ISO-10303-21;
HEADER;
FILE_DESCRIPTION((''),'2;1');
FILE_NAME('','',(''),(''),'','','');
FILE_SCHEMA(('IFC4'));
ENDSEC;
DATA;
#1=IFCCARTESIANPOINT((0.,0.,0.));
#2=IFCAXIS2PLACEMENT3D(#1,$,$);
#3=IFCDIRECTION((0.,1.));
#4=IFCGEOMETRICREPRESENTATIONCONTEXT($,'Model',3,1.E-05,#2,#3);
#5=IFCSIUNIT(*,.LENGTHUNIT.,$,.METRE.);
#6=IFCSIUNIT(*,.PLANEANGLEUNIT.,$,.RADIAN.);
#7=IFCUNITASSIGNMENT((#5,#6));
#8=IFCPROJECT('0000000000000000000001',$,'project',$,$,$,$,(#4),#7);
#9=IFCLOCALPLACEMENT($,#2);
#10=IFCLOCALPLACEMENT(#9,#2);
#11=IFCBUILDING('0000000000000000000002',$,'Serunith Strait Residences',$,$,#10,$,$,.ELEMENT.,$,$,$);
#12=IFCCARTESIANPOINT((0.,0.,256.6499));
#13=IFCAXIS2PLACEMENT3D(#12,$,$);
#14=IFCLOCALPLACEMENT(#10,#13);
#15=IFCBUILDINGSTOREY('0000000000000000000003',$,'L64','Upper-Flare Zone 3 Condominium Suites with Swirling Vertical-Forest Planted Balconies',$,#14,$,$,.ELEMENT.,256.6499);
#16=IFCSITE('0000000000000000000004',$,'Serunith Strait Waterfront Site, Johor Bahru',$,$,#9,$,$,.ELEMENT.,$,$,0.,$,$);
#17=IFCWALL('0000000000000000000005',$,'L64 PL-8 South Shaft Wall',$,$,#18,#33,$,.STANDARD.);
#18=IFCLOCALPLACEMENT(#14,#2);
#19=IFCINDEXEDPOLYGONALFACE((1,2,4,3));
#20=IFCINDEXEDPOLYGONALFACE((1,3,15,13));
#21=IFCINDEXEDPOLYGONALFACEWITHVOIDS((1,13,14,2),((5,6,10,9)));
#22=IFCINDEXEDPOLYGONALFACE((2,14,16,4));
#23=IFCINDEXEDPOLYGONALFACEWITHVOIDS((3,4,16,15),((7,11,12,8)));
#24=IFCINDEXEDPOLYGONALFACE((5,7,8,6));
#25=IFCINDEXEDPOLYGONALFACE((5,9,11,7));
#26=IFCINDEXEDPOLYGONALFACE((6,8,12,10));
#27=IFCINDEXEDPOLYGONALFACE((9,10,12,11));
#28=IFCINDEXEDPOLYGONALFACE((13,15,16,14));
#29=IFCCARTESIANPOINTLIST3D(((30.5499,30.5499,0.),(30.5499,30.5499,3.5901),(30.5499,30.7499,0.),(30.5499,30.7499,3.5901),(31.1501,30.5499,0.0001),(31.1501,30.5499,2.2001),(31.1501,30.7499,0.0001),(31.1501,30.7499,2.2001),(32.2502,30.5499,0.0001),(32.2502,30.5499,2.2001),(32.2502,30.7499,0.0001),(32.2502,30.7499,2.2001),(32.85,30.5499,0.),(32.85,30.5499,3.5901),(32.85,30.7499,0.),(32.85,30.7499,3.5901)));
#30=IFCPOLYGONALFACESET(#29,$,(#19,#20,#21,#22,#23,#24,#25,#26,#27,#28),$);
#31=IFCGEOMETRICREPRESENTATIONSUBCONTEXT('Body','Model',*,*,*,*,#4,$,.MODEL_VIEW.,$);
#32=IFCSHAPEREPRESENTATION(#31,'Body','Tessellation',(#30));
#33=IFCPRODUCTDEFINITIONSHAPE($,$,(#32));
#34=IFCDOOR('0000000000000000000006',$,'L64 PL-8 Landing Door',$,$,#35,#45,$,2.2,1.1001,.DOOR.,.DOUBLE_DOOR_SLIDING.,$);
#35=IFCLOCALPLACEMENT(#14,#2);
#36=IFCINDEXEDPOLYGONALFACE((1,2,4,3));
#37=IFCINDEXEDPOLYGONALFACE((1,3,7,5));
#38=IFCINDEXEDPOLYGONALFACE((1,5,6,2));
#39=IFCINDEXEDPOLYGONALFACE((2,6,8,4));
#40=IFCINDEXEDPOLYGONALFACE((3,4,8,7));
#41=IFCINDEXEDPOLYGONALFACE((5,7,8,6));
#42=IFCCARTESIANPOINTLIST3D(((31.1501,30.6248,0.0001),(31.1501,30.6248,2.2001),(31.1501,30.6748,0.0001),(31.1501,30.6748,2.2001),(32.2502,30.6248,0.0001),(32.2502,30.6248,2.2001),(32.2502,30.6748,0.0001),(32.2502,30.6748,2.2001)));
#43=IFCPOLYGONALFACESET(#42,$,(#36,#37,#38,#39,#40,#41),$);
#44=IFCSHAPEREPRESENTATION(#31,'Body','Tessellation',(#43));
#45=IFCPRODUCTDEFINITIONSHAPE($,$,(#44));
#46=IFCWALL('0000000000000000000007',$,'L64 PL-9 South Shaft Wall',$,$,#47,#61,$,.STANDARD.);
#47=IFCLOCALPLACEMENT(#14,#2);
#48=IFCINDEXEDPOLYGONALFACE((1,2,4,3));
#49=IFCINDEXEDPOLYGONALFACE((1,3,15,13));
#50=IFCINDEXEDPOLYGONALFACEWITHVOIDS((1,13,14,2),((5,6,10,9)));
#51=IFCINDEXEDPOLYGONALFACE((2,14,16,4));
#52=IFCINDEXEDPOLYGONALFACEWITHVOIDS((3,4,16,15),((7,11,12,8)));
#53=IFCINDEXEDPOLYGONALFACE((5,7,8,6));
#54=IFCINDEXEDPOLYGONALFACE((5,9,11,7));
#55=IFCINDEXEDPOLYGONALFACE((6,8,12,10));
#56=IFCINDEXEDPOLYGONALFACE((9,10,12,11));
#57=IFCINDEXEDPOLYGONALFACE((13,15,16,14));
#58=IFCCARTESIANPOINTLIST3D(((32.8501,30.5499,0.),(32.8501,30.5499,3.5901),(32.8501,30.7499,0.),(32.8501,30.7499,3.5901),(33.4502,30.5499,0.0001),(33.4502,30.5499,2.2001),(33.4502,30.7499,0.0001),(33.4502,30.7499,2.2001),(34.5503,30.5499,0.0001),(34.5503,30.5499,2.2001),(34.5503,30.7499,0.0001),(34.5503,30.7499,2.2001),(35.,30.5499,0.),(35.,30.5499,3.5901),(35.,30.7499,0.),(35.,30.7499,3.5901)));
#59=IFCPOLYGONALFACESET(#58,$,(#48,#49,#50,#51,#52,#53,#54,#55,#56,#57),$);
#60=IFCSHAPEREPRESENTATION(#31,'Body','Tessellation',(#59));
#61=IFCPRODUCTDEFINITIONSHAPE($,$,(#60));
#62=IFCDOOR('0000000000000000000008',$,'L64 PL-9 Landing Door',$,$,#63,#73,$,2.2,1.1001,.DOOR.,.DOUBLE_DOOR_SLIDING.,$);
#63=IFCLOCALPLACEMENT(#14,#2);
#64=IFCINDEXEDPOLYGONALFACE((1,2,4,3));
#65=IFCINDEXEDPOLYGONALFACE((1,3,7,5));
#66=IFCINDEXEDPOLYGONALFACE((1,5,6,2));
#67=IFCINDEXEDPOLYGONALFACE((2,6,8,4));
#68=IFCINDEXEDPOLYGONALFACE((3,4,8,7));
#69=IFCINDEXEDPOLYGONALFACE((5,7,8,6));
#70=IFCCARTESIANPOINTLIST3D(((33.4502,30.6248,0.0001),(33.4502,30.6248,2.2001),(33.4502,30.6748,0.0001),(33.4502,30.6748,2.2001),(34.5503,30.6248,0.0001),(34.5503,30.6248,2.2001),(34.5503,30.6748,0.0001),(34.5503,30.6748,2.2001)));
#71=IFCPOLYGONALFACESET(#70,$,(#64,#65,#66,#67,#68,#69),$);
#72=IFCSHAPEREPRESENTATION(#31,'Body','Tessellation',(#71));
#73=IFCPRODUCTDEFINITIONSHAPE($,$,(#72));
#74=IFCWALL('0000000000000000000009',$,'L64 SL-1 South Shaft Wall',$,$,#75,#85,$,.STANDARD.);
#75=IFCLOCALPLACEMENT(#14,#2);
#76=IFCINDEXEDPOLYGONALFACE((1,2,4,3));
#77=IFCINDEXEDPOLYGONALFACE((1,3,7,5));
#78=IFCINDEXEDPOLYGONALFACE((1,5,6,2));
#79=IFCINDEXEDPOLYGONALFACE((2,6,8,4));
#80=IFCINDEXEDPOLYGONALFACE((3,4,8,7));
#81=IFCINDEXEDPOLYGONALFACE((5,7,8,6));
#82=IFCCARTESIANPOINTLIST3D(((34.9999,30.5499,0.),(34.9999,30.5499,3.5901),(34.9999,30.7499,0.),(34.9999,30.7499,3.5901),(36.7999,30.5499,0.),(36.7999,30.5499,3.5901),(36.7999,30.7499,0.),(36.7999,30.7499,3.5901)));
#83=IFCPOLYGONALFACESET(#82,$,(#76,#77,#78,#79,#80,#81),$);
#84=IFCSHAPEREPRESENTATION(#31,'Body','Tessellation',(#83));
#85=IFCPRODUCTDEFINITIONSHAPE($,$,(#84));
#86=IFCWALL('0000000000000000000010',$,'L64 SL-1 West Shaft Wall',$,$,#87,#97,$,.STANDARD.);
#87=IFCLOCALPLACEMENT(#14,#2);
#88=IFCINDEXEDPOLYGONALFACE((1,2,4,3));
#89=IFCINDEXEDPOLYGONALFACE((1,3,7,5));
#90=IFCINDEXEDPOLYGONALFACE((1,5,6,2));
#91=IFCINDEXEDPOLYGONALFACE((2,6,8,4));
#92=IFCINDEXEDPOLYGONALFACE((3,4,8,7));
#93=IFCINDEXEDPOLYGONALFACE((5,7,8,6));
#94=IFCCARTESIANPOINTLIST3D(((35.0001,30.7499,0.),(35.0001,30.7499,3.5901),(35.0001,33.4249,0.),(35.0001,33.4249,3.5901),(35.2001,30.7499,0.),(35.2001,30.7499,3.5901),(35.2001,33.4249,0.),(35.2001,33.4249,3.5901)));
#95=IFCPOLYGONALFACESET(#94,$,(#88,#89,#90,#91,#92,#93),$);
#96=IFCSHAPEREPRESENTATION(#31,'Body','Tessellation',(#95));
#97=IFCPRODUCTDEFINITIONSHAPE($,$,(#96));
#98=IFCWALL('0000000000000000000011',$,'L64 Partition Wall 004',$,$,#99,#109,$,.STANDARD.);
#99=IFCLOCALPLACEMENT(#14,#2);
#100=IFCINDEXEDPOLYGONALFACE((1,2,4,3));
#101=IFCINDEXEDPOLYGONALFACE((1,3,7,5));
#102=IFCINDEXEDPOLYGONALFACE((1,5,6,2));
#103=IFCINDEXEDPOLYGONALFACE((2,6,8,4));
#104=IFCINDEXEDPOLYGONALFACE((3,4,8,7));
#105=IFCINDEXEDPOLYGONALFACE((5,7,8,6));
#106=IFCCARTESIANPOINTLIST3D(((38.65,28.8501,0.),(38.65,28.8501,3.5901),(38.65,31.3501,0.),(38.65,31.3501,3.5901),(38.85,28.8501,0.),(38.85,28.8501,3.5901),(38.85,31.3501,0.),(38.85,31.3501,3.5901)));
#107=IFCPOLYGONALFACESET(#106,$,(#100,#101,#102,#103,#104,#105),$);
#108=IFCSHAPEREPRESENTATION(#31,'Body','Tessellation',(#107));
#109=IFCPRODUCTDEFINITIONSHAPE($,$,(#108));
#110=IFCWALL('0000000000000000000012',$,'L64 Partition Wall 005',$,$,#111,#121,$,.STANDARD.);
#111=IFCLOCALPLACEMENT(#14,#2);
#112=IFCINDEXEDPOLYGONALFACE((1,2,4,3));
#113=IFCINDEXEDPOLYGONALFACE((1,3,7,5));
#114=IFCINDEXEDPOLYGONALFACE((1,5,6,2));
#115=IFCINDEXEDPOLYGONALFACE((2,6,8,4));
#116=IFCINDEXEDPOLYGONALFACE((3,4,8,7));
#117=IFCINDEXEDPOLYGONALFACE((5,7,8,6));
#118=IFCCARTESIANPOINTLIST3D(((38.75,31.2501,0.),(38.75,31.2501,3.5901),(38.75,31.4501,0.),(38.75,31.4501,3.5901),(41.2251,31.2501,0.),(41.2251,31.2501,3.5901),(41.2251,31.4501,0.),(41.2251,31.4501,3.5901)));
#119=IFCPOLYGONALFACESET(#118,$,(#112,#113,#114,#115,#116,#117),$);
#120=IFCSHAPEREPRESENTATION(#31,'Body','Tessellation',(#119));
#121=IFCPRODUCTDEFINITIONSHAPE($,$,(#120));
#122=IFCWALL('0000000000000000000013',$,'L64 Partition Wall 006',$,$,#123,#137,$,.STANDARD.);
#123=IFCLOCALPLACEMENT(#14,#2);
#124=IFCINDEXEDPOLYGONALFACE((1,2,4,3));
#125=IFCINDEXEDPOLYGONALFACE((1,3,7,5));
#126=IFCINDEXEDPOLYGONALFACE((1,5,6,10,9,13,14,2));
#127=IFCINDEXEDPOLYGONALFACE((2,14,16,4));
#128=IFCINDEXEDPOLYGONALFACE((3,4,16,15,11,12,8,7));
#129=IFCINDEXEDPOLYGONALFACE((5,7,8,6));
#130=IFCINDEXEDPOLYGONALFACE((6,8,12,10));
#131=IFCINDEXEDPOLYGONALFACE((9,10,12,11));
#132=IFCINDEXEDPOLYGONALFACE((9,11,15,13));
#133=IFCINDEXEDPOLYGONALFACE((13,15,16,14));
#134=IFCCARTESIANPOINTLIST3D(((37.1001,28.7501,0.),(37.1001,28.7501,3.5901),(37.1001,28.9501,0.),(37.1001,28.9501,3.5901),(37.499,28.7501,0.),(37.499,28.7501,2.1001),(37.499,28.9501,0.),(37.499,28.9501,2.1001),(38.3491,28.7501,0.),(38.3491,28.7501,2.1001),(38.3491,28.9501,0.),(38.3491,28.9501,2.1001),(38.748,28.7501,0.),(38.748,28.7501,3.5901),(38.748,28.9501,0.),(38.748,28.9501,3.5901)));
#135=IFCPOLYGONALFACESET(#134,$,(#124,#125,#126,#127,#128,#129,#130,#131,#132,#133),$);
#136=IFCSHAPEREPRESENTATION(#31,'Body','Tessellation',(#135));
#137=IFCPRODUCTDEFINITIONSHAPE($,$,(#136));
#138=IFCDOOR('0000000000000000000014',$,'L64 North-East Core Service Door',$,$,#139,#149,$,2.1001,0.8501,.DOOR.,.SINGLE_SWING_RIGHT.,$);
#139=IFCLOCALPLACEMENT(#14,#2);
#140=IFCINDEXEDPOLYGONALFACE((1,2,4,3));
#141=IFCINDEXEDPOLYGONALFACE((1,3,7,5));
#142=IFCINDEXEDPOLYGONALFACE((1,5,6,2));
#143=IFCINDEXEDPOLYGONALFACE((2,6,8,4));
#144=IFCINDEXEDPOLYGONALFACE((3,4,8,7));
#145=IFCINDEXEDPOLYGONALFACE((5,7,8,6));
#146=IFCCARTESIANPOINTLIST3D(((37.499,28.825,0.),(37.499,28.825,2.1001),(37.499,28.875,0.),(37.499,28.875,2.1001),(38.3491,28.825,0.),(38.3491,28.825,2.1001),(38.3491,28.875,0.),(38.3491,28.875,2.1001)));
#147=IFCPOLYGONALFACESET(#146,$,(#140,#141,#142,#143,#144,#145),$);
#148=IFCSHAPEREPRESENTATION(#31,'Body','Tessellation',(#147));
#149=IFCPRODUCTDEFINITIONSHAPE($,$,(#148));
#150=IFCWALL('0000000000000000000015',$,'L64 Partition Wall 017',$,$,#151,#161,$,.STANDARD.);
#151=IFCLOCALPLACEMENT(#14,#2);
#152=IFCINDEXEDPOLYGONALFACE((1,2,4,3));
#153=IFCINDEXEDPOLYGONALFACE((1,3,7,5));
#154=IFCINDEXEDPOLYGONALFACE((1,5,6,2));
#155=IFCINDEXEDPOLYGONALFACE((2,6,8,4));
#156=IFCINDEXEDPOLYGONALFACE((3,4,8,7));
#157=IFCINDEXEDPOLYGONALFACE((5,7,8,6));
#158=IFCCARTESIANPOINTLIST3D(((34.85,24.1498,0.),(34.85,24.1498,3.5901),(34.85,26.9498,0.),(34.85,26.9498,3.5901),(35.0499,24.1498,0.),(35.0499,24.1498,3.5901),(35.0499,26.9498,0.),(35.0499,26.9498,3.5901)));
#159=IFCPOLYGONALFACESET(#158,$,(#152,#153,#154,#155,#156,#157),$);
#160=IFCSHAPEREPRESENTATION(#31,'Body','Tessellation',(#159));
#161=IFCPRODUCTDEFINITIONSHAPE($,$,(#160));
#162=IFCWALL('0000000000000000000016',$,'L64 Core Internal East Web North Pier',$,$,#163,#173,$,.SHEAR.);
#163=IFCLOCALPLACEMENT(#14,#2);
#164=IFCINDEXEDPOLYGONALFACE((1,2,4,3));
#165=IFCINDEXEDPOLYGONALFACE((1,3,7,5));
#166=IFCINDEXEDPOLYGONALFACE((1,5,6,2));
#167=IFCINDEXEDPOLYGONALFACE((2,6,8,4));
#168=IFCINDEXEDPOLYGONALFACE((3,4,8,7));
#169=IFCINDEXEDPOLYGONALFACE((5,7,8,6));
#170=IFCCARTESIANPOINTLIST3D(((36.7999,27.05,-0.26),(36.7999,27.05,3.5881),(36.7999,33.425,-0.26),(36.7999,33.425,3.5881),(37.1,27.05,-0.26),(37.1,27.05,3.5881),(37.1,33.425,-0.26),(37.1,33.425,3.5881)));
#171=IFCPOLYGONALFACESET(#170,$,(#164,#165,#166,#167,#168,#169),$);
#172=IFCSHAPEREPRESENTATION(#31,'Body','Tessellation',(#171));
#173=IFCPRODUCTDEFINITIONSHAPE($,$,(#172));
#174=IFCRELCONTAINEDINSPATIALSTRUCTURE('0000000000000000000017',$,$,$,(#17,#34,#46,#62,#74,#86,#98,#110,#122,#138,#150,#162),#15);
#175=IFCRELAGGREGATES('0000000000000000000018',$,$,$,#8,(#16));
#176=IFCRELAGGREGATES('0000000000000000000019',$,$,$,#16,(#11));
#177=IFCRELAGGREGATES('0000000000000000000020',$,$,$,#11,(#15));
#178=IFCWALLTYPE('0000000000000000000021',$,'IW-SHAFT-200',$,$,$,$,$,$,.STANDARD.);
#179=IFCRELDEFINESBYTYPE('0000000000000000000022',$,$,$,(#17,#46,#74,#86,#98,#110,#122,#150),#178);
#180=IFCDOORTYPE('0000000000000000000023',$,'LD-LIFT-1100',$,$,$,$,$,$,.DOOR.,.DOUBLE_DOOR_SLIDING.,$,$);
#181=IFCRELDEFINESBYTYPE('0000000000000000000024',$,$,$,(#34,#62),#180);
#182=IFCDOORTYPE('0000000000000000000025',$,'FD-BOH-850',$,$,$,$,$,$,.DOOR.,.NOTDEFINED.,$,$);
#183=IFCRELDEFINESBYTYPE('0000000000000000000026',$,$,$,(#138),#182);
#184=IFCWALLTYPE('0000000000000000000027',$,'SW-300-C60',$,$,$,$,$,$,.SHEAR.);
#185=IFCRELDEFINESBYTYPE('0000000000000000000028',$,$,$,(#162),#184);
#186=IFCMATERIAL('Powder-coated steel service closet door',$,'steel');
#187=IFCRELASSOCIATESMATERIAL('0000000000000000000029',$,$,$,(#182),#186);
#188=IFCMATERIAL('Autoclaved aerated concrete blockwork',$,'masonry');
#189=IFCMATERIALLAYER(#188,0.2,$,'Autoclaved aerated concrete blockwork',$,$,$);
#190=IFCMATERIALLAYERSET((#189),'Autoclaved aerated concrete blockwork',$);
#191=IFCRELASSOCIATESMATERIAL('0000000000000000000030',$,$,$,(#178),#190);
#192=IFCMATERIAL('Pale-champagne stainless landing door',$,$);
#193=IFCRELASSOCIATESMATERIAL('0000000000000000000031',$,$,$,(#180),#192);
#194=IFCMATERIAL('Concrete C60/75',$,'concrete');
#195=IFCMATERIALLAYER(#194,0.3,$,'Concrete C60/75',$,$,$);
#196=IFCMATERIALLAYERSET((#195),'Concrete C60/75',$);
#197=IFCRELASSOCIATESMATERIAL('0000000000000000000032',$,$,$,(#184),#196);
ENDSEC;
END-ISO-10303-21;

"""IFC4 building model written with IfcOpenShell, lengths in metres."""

from ifc_helpers import new_model, si_unit, direction, frame, frame_2d, origin, place, context, subcontext, project, spatial, rectangle, extrude, source, transform, mapped, material, layer, layer_set, type_object, element, fill, save


model = new_model("IFC4")

# Units and contexts
model_context = context("Model", 3, precision=1e-05, world=origin(), true_north=direction((0.0, 1.0)))
body_context = subcontext(model_context, "Body", "Model", "MODEL_VIEW")
ifc_project = project(units=[si_unit("LENGTHUNIT", "METRE"), si_unit("PLANEANGLEUNIT", "RADIAN")], contexts=[model_context])

# Site, building, storey
site_placement = place(None, origin())
site = spatial("IfcSite", under=ifc_project, at=site_placement, Name="Serunith Strait Waterfront Site, Johor Bahru", CompositionType="ELEMENT", RefElevation=0.0)
building_placement = place(site_placement, origin())
building = spatial("IfcBuilding", under=site, at=building_placement, Name="Serunith Strait Residences", CompositionType="ELEMENT")
storey_placement = place(building_placement, frame((0.0, 0.0, 256.6499)))
storey = spatial("IfcBuildingStorey", under=building, at=storey_placement, Name="L64", Description="Upper-Flare Zone 3 Condominium Suites with Swirling Vertical-Forest Planted Balconies", CompositionType="ELEMENT", Elevation=256.6499)

# Shared definitions
ifc_material_1 = material(Name="Powder-coated steel service closet door", Category="steel")
door_type_1 = type_object("IfcDoorType", Name="FD-BOH-850", OperationType="NOTDEFINED", PredefinedType="DOOR", material=ifc_material_1)
shared_shape_1 = source(origin(), body_context, "Body", "SweptSolid", [
    extrude(rectangle(XDim=0.8501, YDim=2.1001, at=frame_2d((0.425, 1.05))), frame((0.0, 0.0249, 0.0), z_axis=(0.0, -1.0, 0.0), x_axis=(1.0, 0.0, 0.0)), (0.0, 0.0, 1.0), 0.05),
])

# Walls, openings, doors
ifc_material_2 = material(Name="Autoclaved aerated concrete blockwork", Category="masonry")
ifc_layer_1 = layer(ifc_material_2, 0.2, Name="Autoclaved aerated concrete blockwork")
ifc_layer_set_1 = layer_set([ifc_layer_1], Name="Autoclaved aerated concrete blockwork")
wall_type_1 = type_object("IfcWallType", Name="IW-SHAFT-200", PredefinedType="STANDARD", material=ifc_layer_set_1)
wall_1_placement = place(storey_placement, frame((30.55, 30.6499, 0.0), z_axis=(0.0, 0.0, 1.0), x_axis=(1.0, 0.0, 0.0)))
wall_1 = element("IfcWall", 1, at=wall_1_placement, inside=storey, type_object=wall_type_1, Name="L64 PL-8 South Shaft Wall", PredefinedType="STANDARD", context=body_context, shape_type="SweptSolid", body=[
    extrude(rectangle(XDim=2.3, YDim=0.2, at=frame_2d((1.1499, 0.0))), origin(), (0.0, 0.0, 1.0), 3.5901),
])
opening_1_placement = place(wall_1_placement, frame((0.6001, 0.0, 0.0)))
opening_1 = element("IfcOpeningElement", 2, at=opening_1_placement, cuts=wall_1, PredefinedType="OPENING", context=body_context, shape_type="SweptSolid", body=[
    extrude(rectangle(XDim=1.1001, YDim=2.2, at=frame_2d((0.55, 1.1001))), frame((0.0, 0.1099, 0.0), z_axis=(0.0, -1.0, 0.0), x_axis=(1.0, 0.0, 0.0)), (0.0, 0.0, 1.0), 0.22),
])
ifc_material_3 = material(Name="Pale-champagne stainless landing door")
door_type_2 = type_object("IfcDoorType", Name="LD-LIFT-1100", OperationType="DOUBLE_DOOR_SLIDING", PredefinedType="DOOR", material=ifc_material_3)
shared_shape_2 = source(origin(), body_context, "Body", "SweptSolid", [
    extrude(rectangle(XDim=1.1001, YDim=2.2, at=frame_2d((0.55, 1.1001))), frame((0.0, 0.0249, 0.0), z_axis=(0.0, -1.0, 0.0), x_axis=(1.0, 0.0, 0.0)), (0.0, 0.0, 1.0), 0.05),
])
door_1_placement = place(opening_1_placement, origin())
door_1 = element("IfcDoor", 3, at=door_1_placement, inside=storey, type_object=door_type_2, Name="L64 PL-8 Landing Door", OperationType="DOUBLE_DOOR_SLIDING", OverallHeight=2.2, OverallWidth=1.1001, PredefinedType="DOOR", context=body_context, shape_type="MappedRepresentation", body=[
    mapped(shared_shape_2, transform((0.0, 0.0, 0.0), scale=1.0)),
])
fill(opening_1, door_1)
wall_2_placement = place(storey_placement, frame((32.8501, 30.6499, 0.0), z_axis=(0.0, 0.0, 1.0), x_axis=(1.0, 0.0, 0.0)))
wall_2 = element("IfcWall", 4, at=wall_2_placement, inside=storey, type_object=wall_type_1, Name="L64 PL-9 South Shaft Wall", PredefinedType="STANDARD", context=body_context, shape_type="SweptSolid", body=[
    extrude(rectangle(XDim=2.1499, YDim=0.2, at=frame_2d((1.075, 0.0))), origin(), (0.0, 0.0, 1.0), 3.5901),
])
opening_2_placement = place(wall_2_placement, frame((0.6001, 0.0, 0.0)))
opening_2 = element("IfcOpeningElement", 5, at=opening_2_placement, cuts=wall_2, PredefinedType="OPENING", context=body_context, shape_type="SweptSolid", body=[
    extrude(rectangle(XDim=1.1001, YDim=2.2, at=frame_2d((0.55, 1.1001))), frame((0.0, 0.1099, 0.0), z_axis=(0.0, -1.0, 0.0), x_axis=(1.0, 0.0, 0.0)), (0.0, 0.0, 1.0), 0.22),
])
door_2_placement = place(opening_2_placement, origin())
door_2 = element("IfcDoor", 6, at=door_2_placement, inside=storey, type_object=door_type_2, Name="L64 PL-9 Landing Door", OperationType="DOUBLE_DOOR_SLIDING", OverallHeight=2.2, OverallWidth=1.1001, PredefinedType="DOOR", context=body_context, shape_type="MappedRepresentation", body=[
    mapped(shared_shape_2, transform((0.0, 0.0, 0.0), scale=1.0)),
])
fill(opening_2, door_2)

# Walls
wall_3_placement = place(storey_placement, frame((35.0, 30.6499, 0.0), z_axis=(0.0, 0.0, 1.0), x_axis=(1.0, 0.0, 0.0)))
element("IfcWall", 7, at=wall_3_placement, inside=storey, type_object=wall_type_1, Name="L64 SL-1 South Shaft Wall", PredefinedType="STANDARD", context=body_context, shape_type="SweptSolid", body=[
    extrude(rectangle(XDim=1.8, YDim=0.2, at=frame_2d((0.8999, 0.0))), origin(), (0.0, 0.0, 1.0), 3.5901),
])
wall_4_placement = place(storey_placement, frame((35.1001, 30.75, 0.0), z_axis=(0.0, 0.0, 1.0), x_axis=(0.0, 1.0, 0.0)))
element("IfcWall", 8, at=wall_4_placement, inside=storey, type_object=wall_type_1, Name="L64 SL-1 West Shaft Wall", PredefinedType="STANDARD", context=body_context, shape_type="SweptSolid", body=[
    extrude(rectangle(XDim=2.675, YDim=0.2, at=frame_2d((1.3374, 0.0))), origin(), (0.0, 0.0, 1.0), 3.5901),
])
wall_5_placement = place(storey_placement, frame((38.75, 28.8501, 0.0), z_axis=(0.0, 0.0, 1.0), x_axis=(0.0, 1.0, 0.0)))
element("IfcWall", 9, at=wall_5_placement, inside=storey, type_object=wall_type_1, Name="L64 Partition Wall 004", PredefinedType="STANDARD", context=body_context, shape_type="SweptSolid", body=[
    extrude(rectangle(XDim=2.5, YDim=0.2, at=frame_2d((1.25, 0.0))), origin(), (0.0, 0.0, 1.0), 3.5901),
])
wall_6_placement = place(storey_placement, frame((38.75, 31.3501, 0.0), z_axis=(0.0, 0.0, 1.0), x_axis=(1.0, 0.0, 0.0)))
element("IfcWall", 10, at=wall_6_placement, inside=storey, type_object=wall_type_1, Name="L64 Partition Wall 005", PredefinedType="STANDARD", context=body_context, shape_type="SweptSolid", body=[
    extrude(rectangle(XDim=2.4751, YDim=0.2, at=frame_2d((1.2375, 0.0))), origin(), (0.0, 0.0, 1.0), 3.5901),
])

# Wall, opening, door
wall_7_placement = place(storey_placement, frame((37.1001, 28.8501, 0.0), z_axis=(0.0, 0.0, 1.0), x_axis=(1.0, 0.0, 0.0)))
wall_7 = element("IfcWall", 11, at=wall_7_placement, inside=storey, type_object=wall_type_1, Name="L64 Partition Wall 006", PredefinedType="STANDARD", context=body_context, shape_type="SweptSolid", body=[
    extrude(rectangle(XDim=1.6479, YDim=0.2, at=frame_2d((0.824, 0.0))), origin(), (0.0, 0.0, 1.0), 3.5901),
])
opening_3_placement = place(wall_7_placement, frame((0.3989, 0.0, 0.0)))
opening_3 = element("IfcOpeningElement", 12, at=opening_3_placement, cuts=wall_7, PredefinedType="OPENING", context=body_context, shape_type="SweptSolid", body=[
    extrude(rectangle(XDim=0.8501, YDim=2.1001, at=frame_2d((0.425, 1.05))), frame((0.0, 0.1099, 0.0), z_axis=(0.0, -1.0, 0.0), x_axis=(1.0, 0.0, 0.0)), (0.0, 0.0, 1.0), 0.22),
])
door_3_placement = place(opening_3_placement, origin())
door_3 = element("IfcDoor", 13, at=door_3_placement, inside=storey, type_object=door_type_1, Name="L64 North-East Core Service Door", OperationType="SINGLE_SWING_RIGHT", OverallHeight=2.1001, OverallWidth=0.8501, PredefinedType="DOOR", context=body_context, shape_type="MappedRepresentation", body=[
    mapped(shared_shape_1, transform((0.0, 0.0, 0.0), scale=1.0)),
])
fill(opening_3, door_3)

# Walls
wall_8_placement = place(storey_placement, frame((34.95, 24.1499, 0.0), z_axis=(0.0, 0.0, 1.0), x_axis=(0.0, 1.0, 0.0)))
element("IfcWall", 14, at=wall_8_placement, inside=storey, type_object=wall_type_1, Name="L64 Partition Wall 017", PredefinedType="STANDARD", context=body_context, shape_type="SweptSolid", body=[
    extrude(rectangle(XDim=2.8, YDim=0.2, at=frame_2d((1.3999, 0.0))), origin(), (0.0, 0.0, 1.0), 3.5901),
])
ifc_material_4 = material(Name="Concrete C60/75", Category="concrete")
ifc_layer_2 = layer(ifc_material_4, 0.3, Name="Concrete C60/75")
ifc_layer_set_2 = layer_set([ifc_layer_2], Name="Concrete C60/75")
wall_type_2 = type_object("IfcWallType", Name="SW-300-C60", PredefinedType="SHEAR", material=ifc_layer_set_2)
wall_9_placement = place(storey_placement, frame((36.95, 27.05, -0.26), z_axis=(0.0, 0.0, 1.0), x_axis=(0.0, 1.0, 0.0)))
element("IfcWall", 15, at=wall_9_placement, inside=storey, type_object=wall_type_2, Name="L64 Core Internal East Web North Pier", PredefinedType="SHEAR", context=body_context, shape_type="SweptSolid", body=[
    extrude(rectangle(XDim=6.375, YDim=0.3, at=frame_2d((3.1875, 0.0))), origin(), (0.0, 0.0, 1.0), 3.8481),
])

save(model, "model.ifc")
